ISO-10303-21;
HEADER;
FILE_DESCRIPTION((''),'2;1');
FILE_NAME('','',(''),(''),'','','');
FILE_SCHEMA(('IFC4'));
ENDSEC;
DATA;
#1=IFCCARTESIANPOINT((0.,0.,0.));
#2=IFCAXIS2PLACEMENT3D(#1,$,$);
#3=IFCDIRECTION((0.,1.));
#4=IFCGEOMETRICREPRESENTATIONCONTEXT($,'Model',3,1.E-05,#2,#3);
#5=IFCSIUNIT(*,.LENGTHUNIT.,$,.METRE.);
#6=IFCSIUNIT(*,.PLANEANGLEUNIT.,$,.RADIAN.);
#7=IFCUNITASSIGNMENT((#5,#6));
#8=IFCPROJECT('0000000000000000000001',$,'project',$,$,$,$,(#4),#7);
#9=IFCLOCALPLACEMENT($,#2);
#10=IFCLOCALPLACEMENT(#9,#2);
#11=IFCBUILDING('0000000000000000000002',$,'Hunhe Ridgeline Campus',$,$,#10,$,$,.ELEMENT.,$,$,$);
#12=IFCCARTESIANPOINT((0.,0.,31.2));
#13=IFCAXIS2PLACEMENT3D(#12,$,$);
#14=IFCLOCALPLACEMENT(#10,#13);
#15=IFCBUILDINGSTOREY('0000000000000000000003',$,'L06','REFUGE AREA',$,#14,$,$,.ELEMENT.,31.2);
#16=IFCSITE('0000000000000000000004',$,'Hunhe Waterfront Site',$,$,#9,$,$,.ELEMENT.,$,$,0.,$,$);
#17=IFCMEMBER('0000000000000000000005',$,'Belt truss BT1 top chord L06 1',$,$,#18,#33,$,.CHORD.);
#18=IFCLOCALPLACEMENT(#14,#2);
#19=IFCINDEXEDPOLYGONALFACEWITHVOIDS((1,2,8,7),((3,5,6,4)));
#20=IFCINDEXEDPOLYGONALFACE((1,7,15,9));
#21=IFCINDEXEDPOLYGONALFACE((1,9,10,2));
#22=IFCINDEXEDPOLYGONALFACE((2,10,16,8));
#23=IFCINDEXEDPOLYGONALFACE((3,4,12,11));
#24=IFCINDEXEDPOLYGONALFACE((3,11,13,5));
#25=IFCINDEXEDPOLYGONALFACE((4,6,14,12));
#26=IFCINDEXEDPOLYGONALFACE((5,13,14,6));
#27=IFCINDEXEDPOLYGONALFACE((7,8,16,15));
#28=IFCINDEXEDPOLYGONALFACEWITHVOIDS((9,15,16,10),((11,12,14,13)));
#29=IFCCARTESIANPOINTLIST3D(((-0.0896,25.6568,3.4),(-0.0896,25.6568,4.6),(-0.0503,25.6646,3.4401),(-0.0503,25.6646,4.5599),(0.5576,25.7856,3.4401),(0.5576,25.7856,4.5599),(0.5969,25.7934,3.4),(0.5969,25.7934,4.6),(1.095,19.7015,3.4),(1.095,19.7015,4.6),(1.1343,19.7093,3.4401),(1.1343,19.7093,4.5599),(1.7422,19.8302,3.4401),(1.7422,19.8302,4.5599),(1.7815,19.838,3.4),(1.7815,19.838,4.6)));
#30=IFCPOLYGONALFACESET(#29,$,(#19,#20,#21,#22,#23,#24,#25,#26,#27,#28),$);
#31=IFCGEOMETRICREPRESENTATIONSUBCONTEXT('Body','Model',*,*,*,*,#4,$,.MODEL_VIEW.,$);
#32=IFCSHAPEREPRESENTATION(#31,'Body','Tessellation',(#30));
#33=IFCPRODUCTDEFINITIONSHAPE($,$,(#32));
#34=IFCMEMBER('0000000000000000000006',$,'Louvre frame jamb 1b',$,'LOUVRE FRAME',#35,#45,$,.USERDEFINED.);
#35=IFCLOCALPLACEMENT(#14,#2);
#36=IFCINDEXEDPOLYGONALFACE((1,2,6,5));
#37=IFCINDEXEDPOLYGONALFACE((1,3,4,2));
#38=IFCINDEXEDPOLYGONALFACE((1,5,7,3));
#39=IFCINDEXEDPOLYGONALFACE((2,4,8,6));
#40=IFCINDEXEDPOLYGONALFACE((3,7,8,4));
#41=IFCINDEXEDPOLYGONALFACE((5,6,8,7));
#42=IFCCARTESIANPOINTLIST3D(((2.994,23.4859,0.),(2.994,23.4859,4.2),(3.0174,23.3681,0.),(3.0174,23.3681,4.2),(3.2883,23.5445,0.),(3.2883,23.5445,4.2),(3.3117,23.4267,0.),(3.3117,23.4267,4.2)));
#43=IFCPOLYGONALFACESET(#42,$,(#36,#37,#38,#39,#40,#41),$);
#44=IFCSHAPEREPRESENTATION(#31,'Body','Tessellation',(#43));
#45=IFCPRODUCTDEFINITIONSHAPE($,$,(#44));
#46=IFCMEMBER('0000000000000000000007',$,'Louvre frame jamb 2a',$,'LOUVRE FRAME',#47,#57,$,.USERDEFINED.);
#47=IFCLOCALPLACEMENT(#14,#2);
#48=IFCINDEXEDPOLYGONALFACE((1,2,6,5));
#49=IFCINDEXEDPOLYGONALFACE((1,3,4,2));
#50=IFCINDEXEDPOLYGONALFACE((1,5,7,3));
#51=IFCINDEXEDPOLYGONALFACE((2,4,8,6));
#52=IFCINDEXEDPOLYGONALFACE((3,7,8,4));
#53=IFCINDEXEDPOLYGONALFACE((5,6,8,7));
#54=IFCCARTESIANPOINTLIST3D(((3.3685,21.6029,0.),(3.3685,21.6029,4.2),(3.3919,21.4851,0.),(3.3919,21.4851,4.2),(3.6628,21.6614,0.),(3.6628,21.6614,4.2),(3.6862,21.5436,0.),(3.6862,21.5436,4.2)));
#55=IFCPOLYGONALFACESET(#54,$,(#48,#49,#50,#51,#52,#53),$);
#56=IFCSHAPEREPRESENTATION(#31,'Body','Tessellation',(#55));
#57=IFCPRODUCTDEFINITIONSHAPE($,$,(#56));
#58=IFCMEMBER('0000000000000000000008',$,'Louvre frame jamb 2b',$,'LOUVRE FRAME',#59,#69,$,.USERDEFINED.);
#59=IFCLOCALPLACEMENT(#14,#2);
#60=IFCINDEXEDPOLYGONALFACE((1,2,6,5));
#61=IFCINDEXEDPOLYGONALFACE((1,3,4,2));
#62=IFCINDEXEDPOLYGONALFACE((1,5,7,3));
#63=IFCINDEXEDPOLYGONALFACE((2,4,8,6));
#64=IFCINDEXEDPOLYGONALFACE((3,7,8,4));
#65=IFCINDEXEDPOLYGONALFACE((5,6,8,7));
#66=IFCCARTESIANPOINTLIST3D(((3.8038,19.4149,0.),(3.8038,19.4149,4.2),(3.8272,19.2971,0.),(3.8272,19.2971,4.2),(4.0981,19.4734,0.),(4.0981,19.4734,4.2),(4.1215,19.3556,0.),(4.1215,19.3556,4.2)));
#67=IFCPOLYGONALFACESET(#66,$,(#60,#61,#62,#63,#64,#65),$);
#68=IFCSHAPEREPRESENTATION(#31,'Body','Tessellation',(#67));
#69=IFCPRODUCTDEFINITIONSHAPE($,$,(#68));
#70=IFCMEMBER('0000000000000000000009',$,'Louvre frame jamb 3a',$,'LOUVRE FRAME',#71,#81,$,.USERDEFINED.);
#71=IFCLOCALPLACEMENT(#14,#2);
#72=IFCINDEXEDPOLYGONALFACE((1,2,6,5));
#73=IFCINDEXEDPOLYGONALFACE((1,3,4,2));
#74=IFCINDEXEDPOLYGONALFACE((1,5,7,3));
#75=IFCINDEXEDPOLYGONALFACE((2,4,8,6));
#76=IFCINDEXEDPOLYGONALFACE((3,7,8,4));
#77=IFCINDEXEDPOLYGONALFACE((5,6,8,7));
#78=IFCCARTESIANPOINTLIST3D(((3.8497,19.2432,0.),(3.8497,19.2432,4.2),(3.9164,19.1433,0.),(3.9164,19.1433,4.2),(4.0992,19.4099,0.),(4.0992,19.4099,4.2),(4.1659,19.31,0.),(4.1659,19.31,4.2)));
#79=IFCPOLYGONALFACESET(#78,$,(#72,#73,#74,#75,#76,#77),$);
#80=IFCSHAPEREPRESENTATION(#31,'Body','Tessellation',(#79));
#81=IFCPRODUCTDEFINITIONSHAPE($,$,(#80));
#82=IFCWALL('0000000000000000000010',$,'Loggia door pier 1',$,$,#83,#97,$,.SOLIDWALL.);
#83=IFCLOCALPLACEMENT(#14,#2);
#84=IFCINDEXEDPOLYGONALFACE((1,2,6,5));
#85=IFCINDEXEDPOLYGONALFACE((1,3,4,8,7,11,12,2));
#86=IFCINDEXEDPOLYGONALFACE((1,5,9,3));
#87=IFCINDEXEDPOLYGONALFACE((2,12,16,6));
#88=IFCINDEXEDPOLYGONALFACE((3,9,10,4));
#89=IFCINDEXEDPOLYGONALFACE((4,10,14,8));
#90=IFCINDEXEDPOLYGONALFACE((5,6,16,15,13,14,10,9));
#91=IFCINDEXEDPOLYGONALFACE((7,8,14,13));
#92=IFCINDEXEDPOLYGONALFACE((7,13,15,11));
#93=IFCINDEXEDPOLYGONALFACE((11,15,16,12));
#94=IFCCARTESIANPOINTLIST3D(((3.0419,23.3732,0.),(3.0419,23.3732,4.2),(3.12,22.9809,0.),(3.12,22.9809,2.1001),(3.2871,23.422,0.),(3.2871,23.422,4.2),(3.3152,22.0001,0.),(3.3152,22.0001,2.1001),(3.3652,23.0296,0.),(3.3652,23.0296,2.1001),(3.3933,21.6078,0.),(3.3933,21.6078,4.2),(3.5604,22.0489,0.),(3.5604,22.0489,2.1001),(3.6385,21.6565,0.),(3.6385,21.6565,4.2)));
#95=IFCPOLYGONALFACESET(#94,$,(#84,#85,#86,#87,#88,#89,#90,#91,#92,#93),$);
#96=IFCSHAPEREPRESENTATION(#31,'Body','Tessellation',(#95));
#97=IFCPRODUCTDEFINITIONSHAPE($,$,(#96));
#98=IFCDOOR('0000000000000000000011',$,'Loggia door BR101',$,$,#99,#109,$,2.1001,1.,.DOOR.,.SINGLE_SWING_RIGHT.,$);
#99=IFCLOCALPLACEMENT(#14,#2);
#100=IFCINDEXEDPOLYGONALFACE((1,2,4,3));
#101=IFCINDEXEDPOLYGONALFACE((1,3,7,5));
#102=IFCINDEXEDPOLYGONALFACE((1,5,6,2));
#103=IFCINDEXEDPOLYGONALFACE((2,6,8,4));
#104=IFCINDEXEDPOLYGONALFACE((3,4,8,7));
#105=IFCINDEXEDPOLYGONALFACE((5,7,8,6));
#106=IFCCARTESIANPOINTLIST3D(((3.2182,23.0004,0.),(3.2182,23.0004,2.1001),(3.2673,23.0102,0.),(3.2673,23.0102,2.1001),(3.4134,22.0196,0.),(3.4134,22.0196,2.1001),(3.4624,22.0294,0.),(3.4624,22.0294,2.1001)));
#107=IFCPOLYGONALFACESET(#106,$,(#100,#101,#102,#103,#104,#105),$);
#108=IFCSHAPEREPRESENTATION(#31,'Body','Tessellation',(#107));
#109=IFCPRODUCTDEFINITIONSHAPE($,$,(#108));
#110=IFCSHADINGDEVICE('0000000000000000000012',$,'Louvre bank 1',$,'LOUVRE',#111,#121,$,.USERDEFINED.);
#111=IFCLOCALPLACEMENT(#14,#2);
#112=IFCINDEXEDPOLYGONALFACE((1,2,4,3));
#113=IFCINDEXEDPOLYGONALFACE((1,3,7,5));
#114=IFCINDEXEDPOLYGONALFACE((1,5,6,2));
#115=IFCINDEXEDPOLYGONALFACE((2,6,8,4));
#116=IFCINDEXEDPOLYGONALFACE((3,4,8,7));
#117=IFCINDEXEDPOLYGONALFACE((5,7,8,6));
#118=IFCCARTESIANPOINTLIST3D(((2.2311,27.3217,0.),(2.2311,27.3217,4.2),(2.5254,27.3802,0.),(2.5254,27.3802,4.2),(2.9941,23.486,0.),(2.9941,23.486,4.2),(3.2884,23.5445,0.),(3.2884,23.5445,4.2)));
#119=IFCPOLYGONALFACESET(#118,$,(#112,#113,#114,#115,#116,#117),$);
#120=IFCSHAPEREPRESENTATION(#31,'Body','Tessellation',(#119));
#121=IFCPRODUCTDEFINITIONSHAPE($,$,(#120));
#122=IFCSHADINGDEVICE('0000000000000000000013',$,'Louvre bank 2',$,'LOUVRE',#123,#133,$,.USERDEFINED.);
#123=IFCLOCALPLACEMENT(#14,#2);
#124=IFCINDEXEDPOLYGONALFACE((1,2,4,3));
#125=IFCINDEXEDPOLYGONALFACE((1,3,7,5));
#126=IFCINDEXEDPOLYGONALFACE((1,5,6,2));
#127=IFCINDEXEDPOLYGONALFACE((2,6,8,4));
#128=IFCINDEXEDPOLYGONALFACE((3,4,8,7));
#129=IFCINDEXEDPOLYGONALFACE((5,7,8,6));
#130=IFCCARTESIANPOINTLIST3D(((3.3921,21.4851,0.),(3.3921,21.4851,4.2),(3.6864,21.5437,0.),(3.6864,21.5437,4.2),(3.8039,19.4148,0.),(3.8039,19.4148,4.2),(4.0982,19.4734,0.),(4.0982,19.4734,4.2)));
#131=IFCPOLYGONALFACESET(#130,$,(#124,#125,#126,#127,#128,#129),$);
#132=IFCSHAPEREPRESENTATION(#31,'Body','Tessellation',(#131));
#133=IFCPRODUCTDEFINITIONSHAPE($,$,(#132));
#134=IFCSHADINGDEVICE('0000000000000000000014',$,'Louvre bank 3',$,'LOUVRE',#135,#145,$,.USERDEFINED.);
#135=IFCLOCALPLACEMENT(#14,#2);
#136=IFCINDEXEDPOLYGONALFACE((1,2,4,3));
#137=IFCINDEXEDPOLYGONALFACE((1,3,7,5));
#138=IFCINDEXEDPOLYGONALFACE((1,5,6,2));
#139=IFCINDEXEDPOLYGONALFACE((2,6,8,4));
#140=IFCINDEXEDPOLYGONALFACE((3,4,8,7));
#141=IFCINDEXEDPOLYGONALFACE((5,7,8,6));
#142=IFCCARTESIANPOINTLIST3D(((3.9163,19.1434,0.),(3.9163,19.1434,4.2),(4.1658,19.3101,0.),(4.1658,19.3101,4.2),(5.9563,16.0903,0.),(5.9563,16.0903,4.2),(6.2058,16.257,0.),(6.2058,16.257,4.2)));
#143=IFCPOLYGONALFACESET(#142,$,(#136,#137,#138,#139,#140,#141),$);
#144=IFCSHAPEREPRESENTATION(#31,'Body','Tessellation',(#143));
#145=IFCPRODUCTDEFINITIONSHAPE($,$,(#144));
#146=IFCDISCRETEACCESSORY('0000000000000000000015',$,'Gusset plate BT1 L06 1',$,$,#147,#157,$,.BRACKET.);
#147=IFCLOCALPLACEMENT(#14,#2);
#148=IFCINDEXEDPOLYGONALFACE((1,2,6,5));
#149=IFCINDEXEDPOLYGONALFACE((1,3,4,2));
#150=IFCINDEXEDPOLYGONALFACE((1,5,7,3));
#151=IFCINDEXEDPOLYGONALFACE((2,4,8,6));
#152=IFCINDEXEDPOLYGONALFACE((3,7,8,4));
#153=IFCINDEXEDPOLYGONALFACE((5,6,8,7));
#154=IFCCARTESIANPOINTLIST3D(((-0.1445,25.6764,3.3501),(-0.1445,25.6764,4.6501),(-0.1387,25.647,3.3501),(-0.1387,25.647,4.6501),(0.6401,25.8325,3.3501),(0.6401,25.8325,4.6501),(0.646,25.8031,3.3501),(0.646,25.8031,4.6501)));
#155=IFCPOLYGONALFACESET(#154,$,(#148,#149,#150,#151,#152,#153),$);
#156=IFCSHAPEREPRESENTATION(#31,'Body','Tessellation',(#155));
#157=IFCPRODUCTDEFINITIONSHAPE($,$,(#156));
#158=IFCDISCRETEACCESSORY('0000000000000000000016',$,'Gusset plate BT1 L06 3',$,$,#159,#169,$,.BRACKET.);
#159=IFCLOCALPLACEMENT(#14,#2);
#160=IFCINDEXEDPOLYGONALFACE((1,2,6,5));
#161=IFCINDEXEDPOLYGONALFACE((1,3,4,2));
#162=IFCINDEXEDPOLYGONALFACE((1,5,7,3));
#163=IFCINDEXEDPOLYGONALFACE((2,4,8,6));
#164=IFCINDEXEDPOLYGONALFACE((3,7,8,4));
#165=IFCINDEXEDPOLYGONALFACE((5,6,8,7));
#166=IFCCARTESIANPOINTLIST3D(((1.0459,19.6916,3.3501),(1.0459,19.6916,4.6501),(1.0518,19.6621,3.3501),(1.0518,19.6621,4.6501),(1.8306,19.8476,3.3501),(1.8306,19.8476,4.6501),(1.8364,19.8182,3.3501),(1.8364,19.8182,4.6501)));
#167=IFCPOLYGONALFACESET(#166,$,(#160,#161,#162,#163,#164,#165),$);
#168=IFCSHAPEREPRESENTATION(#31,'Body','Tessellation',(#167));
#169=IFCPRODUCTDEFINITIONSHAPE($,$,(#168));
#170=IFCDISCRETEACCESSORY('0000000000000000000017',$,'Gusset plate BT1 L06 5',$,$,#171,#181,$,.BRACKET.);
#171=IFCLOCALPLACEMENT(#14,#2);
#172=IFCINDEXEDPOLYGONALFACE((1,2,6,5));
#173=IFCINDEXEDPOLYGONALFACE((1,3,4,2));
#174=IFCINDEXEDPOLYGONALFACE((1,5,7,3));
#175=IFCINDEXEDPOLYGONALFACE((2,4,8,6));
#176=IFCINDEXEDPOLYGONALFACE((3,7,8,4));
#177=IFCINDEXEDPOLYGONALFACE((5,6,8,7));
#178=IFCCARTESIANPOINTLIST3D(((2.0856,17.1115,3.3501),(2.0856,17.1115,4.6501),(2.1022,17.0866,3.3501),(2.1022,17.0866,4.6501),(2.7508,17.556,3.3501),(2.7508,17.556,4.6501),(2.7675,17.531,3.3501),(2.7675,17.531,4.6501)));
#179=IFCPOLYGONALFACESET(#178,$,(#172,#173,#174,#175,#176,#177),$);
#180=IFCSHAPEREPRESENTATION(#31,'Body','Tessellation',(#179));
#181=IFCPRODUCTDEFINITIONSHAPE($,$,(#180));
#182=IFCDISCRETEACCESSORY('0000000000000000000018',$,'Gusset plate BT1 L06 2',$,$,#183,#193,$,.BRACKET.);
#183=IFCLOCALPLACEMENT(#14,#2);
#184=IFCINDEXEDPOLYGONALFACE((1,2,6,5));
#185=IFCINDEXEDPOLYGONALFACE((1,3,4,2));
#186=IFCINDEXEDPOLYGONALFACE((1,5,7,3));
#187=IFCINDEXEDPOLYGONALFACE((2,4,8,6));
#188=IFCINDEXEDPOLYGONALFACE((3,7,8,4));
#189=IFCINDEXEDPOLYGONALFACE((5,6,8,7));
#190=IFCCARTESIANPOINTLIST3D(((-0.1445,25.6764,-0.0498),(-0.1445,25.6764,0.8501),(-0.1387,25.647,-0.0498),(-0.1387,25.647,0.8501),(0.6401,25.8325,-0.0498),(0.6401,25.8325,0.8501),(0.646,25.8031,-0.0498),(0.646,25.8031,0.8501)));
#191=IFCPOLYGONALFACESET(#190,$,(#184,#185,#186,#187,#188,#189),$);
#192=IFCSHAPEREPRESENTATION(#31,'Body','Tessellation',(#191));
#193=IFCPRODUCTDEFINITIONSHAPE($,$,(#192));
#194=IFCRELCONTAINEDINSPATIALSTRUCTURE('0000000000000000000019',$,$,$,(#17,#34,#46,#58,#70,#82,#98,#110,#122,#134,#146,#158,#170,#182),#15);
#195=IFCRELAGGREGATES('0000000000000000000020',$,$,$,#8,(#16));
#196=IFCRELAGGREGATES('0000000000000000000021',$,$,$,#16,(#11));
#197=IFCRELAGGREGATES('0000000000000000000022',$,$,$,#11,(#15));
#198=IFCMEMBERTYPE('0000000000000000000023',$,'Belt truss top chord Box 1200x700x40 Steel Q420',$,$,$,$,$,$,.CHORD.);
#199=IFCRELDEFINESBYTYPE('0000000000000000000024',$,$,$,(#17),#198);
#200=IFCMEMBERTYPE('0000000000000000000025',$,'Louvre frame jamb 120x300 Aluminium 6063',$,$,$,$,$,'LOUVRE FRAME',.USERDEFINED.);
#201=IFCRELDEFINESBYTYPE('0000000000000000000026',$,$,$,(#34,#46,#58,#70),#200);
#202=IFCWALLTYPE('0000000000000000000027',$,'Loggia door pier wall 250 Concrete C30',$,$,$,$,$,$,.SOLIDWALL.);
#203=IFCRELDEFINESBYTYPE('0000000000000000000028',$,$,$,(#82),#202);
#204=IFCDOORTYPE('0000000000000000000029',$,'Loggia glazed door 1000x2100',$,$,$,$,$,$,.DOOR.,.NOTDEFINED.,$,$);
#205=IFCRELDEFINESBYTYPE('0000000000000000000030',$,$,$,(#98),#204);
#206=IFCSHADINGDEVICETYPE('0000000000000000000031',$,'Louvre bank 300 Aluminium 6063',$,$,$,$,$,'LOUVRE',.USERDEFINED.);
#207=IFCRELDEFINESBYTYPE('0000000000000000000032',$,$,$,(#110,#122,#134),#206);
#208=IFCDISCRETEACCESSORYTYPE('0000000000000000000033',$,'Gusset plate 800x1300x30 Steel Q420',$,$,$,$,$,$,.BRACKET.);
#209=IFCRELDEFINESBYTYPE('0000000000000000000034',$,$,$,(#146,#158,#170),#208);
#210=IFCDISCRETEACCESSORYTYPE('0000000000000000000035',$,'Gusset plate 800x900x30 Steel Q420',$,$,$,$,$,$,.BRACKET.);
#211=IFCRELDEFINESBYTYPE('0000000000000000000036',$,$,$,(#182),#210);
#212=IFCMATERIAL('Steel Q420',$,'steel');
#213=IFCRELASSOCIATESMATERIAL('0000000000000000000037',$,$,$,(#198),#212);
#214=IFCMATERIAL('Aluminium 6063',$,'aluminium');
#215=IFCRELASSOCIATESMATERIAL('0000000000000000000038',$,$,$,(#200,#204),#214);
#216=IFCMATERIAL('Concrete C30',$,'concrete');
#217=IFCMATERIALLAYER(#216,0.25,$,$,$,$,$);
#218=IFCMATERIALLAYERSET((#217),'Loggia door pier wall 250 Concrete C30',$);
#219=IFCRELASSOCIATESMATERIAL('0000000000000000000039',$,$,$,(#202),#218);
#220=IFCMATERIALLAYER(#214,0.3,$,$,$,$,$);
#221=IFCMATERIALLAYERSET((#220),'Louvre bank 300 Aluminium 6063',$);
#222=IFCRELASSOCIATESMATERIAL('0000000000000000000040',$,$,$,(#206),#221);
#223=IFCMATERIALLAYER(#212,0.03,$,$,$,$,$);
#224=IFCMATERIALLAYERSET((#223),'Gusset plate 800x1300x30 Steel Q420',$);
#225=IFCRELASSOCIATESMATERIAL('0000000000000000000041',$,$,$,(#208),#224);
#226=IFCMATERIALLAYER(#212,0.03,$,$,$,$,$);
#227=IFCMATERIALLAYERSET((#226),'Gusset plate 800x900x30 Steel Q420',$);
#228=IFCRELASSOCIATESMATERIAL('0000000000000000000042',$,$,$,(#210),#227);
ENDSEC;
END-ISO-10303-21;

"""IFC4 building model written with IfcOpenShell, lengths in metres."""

from ifc_helpers import new_model, si_unit, direction, frame, frame_2d, origin, origin_2d, place, context, subcontext, project, spatial, rectangle, hollow_rectangle, extrude, material, layer, layer_set, material_profile, profile_set, type_object, element, fill, save


model = new_model("IFC4")

# Units and contexts
model_context = context("Model", 3, precision=1e-05, world=origin(), true_north=direction((0.0, 1.0)))
body_context = subcontext(model_context, "Body", "Model", "MODEL_VIEW")
ifc_project = project(units=[si_unit("LENGTHUNIT", "METRE"), si_unit("PLANEANGLEUNIT", "RADIAN")], contexts=[model_context])

# Site, building, storey
site_placement = place(None, origin())
site = spatial("IfcSite", under=ifc_project, at=site_placement, Name="Hunhe Waterfront Site", CompositionType="ELEMENT", RefElevation=0.0)
building_placement = place(site_placement, origin())
building = spatial("IfcBuilding", under=site, at=building_placement, Name="Hunhe Ridgeline Campus", CompositionType="ELEMENT")
storey_placement = place(building_placement, frame((0.0, 0.0, 31.2)))
storey = spatial("IfcBuildingStorey", under=building, at=storey_placement, Name="L06", Description="REFUGE AREA", CompositionType="ELEMENT", Elevation=31.2)

# Members
ifc_material_1 = material(Name="Steel Q420", Category="steel")
ifc_material_profile_1 = material_profile(ifc_material_1, hollow_rectangle(XDim=0.7, YDim=1.2, WallThickness=0.04, at=origin_2d()))
ifc_profile_set_1 = profile_set([ifc_material_profile_1], Name="Steel Q420")
member_type_1 = type_object("IfcMemberType", Name="Belt truss top chord Box 1200x700x40 Steel Q420", PredefinedType="CHORD", material=ifc_profile_set_1)
member_1_placement = place(storey_placement, frame((0.2537, 25.7251, 4.0), z_axis=(0.195088, -0.980786, 0.0), x_axis=(0.980786, 0.195088, 0.0)))
element("IfcMember", 1, at=member_1_placement, inside=storey, type_object=member_type_1, Name="Belt truss BT1 top chord L06 1", PredefinedType="CHORD", context=body_context, shape_type="SweptSolid", body=[
    extrude(hollow_rectangle(XDim=0.7, YDim=1.2, WallThickness=0.04, at=origin_2d()), origin(), (0.0, 0.0, 1.0), 6.072),
])
ifc_material_2 = material(Name="Aluminium 6063", Category="aluminium")
ifc_material_profile_2 = material_profile(ifc_material_2, rectangle(XDim=0.3, YDim=0.1201, at=origin_2d()))
ifc_profile_set_2 = profile_set([ifc_material_profile_2], Name="Aluminium 6063")
member_type_2 = type_object("IfcMemberType", Name="Louvre frame jamb 120x300 Aluminium 6063", ElementType="LOUVRE FRAME", PredefinedType="USERDEFINED", material=ifc_profile_set_2)
for number, where, z_axis, x_axis, name in (
    (2, (3.1528, 23.4563, 0.0), (0.0, 0.0, 1.0), (0.980784, 0.195095, 0.0), "Louvre frame jamb 1b"),
    (3, (3.5273, 21.5732, 0.0), (0.0, 0.0, 1.0), (0.980784, 0.195095, 0.0), "Louvre frame jamb 2a"),
    (4, (3.9626, 19.3853, 0.0), (0.0, 0.0, 1.0), (0.980784, 0.195095, 0.0), "Louvre frame jamb 2b"),
    (5, (4.0078, 19.2766, 0.0), (0.0, 0.0, 1.0), (0.83147, 0.55557, 0.0), "Louvre frame jamb 3a"),
):
    element("IfcMember", number, at=place(storey_placement, frame(where, z_axis=z_axis, x_axis=x_axis)), inside=storey, type_object=member_type_2, Name=name, ObjectType="LOUVRE FRAME", PredefinedType="USERDEFINED", context=body_context, shape_type="SweptSolid", body=[
        extrude(rectangle(XDim=0.3, YDim=0.1201, at=origin_2d()), origin(), (0.0, 0.0, 1.0), 4.2),
    ])

# Wall, opening, door
ifc_material_3 = material(Name="Concrete C30", Category="concrete")
ifc_layer_1 = layer(ifc_material_3, 0.25)
ifc_layer_set_1 = layer_set([ifc_layer_1], Name="Loggia door pier wall 250 Concrete C30")
wall_type = type_object("IfcWallType", Name="Loggia door pier wall 250 Concrete C30", PredefinedType="SOLIDWALL", material=ifc_layer_set_1)
wall_placement = place(storey_placement, frame((3.1646, 23.3975, 0.0), z_axis=(0.0, 0.0, 1.0), x_axis=(0.195177, -0.980768, 0.0)))
wall = element("IfcWall", 6, at=wall_placement, inside=storey, type_object=wall_type, Name="Loggia door pier 1", PredefinedType="SOLIDWALL", context=body_context, shape_type="SweptSolid", body=[
    extrude(rectangle(XDim=1.8, YDim=0.25, at=frame_2d((0.8999, 0.0))), origin(), (0.0, 0.0, 1.0), 4.2),
])
opening_placement = place(wall_placement, frame((0.3999, 0.0, 0.0)))
opening = element("IfcOpeningElement", 7, at=opening_placement, cuts=wall, PredefinedType="OPENING", context=body_context, shape_type="SweptSolid", body=[
    extrude(rectangle(XDim=1.0, YDim=2.1001, at=frame_2d((0.5, 1.05))), frame((0.0, 0.125, 0.0), z_axis=(0.0, -1.0, 0.0), x_axis=(1.0, 0.0, 0.0)), (0.0, 0.0, 1.0), 0.25),
])
door_type = type_object("IfcDoorType", Name="Loggia glazed door 1000x2100", OperationType="NOTDEFINED", PredefinedType="DOOR", material=ifc_material_2)
door_placement = place(opening_placement, frame((1.0, 0.0, 0.0), z_axis=(0.0, 0.0, 1.0), x_axis=(-1.0, 0.0, 0.0)))
door = element("IfcDoor", 8, at=door_placement, inside=storey, type_object=door_type, Name="Loggia door BR101", OperationType="SINGLE_SWING_RIGHT", OverallHeight=2.1001, OverallWidth=1.0, PredefinedType="DOOR", context=body_context, shape_type="SweptSolid", body=[
    extrude(rectangle(XDim=1.0, YDim=2.1001, at=frame_2d((0.5, 1.05))), frame((0.0, 0.0249, 0.0), z_axis=(0.0, -1.0, 0.0), x_axis=(1.0, 0.0, 0.0)), (0.0, 0.0, 1.0), 0.05),
])
fill(opening, door)

# Shading devices
ifc_layer_2 = layer(ifc_material_2, 0.3)
ifc_layer_set_2 = layer_set([ifc_layer_2], Name="Louvre bank 300 Aluminium 6063")
shading_device_type = type_object("IfcShadingDeviceType", Name="Louvre bank 300 Aluminium 6063", ElementType="LOUVRE", PredefinedType="USERDEFINED", material=ifc_layer_set_2)
shading_device_1_placement = place(storey_placement, frame((2.7598, 25.4331, 0.0), z_axis=(0.0, 0.0, 1.0), x_axis=(0.195095, -0.980784, 0.0)))
element("IfcShadingDevice", 9, at=shading_device_1_placement, inside=storey, type_object=shading_device_type, Name="Louvre bank 1", ObjectType="LOUVRE", PredefinedType="USERDEFINED", context=body_context, shape_type="SweptSolid", body=[
    extrude(rectangle(XDim=3.9109, YDim=0.3, at=origin_2d()), origin(), (0.0, 0.0, 1.0), 4.2),
])
shading_device_2_placement = place(storey_placement, frame((3.7451, 20.4792, 0.0), z_axis=(0.0, 0.0, 1.0), x_axis=(0.195095, -0.980784, 0.0)))
element("IfcShadingDevice", 10, at=shading_device_2_placement, inside=storey, type_object=shading_device_type, Name="Louvre bank 2", ObjectType="LOUVRE", PredefinedType="USERDEFINED", context=body_context, shape_type="SweptSolid", body=[
    extrude(rectangle(XDim=2.1108, YDim=0.3, at=origin_2d()), origin(), (0.0, 0.0, 1.0), 4.2),
])
shading_device_3_placement = place(storey_placement, frame((5.061, 17.7002, 0.0), z_axis=(0.0, 0.0, 1.0), x_axis=(0.55557, -0.83147, 0.0)))
element("IfcShadingDevice", 11, at=shading_device_3_placement, inside=storey, type_object=shading_device_type, Name="Louvre bank 3", ObjectType="LOUVRE", PredefinedType="USERDEFINED", context=body_context, shape_type="SweptSolid", body=[
    extrude(rectangle(XDim=3.6719, YDim=0.3, at=origin_2d()), origin(), (0.0, 0.0, 1.0), 4.2),
])

# Discrete accessories
ifc_layer_3 = layer(ifc_material_1, 0.03)
ifc_layer_set_3 = layer_set([ifc_layer_3], Name="Gusset plate 800x1300x30 Steel Q420")
discrete_accessory_type_1 = type_object("IfcDiscreteAccessoryType", Name="Gusset plate 800x1300x30 Steel Q420", PredefinedType="BRACKET", material=ifc_layer_set_3)
for number, where, z_axis, x_axis, name in (
    (12, (0.2507, 25.7397, 3.3501), (0.0, 0.0, 1.0), (-0.19509, 0.980785, 0.0), "Gusset plate BT1 L06 1"),
    (13, (1.4412, 19.7549, 3.3501), (0.0, 0.0, 1.0), (0.19509, -0.980785, 0.0), "Gusset plate BT1 L06 3"),
    (14, (2.4265, 17.3213, 3.3501), (0.0, 0.0, 1.0), (-0.55557, 0.83147, 0.0), "Gusset plate BT1 L06 5"),
):
    element("IfcDiscreteAccessory", number, at=place(storey_placement, frame(where, z_axis=z_axis, x_axis=x_axis)), inside=storey, type_object=discrete_accessory_type_1, Name=name, PredefinedType="BRACKET", context=body_context, shape_type="SweptSolid", body=[
        extrude(rectangle(XDim=0.03, YDim=0.8, at=origin_2d()), origin(), (0.0, 0.0, 1.0), 1.3),
    ])
ifc_layer_4 = layer(ifc_material_1, 0.03)
ifc_layer_set_4 = layer_set([ifc_layer_4], Name="Gusset plate 800x900x30 Steel Q420")
discrete_accessory_type_2 = type_object("IfcDiscreteAccessoryType", Name="Gusset plate 800x900x30 Steel Q420", PredefinedType="BRACKET", material=ifc_layer_set_4)
for number, where, z_axis, x_axis, name in (
    (15, (0.2507, 25.7397, -0.0498), (0.0, 0.0, 1.0), (-0.19509, 0.980785, 0.0), "Gusset plate BT1 L06 2"),
):
    element("IfcDiscreteAccessory", number, at=place(storey_placement, frame(where, z_axis=z_axis, x_axis=x_axis)), inside=storey, type_object=discrete_accessory_type_2, Name=name, PredefinedType="BRACKET", context=body_context, shape_type="SweptSolid", body=[
        extrude(rectangle(XDim=0.03, YDim=0.8, at=origin_2d()), origin(), (0.0, 0.0, 1.0), 0.8999),
    ])

save(model, "model.ifc")
